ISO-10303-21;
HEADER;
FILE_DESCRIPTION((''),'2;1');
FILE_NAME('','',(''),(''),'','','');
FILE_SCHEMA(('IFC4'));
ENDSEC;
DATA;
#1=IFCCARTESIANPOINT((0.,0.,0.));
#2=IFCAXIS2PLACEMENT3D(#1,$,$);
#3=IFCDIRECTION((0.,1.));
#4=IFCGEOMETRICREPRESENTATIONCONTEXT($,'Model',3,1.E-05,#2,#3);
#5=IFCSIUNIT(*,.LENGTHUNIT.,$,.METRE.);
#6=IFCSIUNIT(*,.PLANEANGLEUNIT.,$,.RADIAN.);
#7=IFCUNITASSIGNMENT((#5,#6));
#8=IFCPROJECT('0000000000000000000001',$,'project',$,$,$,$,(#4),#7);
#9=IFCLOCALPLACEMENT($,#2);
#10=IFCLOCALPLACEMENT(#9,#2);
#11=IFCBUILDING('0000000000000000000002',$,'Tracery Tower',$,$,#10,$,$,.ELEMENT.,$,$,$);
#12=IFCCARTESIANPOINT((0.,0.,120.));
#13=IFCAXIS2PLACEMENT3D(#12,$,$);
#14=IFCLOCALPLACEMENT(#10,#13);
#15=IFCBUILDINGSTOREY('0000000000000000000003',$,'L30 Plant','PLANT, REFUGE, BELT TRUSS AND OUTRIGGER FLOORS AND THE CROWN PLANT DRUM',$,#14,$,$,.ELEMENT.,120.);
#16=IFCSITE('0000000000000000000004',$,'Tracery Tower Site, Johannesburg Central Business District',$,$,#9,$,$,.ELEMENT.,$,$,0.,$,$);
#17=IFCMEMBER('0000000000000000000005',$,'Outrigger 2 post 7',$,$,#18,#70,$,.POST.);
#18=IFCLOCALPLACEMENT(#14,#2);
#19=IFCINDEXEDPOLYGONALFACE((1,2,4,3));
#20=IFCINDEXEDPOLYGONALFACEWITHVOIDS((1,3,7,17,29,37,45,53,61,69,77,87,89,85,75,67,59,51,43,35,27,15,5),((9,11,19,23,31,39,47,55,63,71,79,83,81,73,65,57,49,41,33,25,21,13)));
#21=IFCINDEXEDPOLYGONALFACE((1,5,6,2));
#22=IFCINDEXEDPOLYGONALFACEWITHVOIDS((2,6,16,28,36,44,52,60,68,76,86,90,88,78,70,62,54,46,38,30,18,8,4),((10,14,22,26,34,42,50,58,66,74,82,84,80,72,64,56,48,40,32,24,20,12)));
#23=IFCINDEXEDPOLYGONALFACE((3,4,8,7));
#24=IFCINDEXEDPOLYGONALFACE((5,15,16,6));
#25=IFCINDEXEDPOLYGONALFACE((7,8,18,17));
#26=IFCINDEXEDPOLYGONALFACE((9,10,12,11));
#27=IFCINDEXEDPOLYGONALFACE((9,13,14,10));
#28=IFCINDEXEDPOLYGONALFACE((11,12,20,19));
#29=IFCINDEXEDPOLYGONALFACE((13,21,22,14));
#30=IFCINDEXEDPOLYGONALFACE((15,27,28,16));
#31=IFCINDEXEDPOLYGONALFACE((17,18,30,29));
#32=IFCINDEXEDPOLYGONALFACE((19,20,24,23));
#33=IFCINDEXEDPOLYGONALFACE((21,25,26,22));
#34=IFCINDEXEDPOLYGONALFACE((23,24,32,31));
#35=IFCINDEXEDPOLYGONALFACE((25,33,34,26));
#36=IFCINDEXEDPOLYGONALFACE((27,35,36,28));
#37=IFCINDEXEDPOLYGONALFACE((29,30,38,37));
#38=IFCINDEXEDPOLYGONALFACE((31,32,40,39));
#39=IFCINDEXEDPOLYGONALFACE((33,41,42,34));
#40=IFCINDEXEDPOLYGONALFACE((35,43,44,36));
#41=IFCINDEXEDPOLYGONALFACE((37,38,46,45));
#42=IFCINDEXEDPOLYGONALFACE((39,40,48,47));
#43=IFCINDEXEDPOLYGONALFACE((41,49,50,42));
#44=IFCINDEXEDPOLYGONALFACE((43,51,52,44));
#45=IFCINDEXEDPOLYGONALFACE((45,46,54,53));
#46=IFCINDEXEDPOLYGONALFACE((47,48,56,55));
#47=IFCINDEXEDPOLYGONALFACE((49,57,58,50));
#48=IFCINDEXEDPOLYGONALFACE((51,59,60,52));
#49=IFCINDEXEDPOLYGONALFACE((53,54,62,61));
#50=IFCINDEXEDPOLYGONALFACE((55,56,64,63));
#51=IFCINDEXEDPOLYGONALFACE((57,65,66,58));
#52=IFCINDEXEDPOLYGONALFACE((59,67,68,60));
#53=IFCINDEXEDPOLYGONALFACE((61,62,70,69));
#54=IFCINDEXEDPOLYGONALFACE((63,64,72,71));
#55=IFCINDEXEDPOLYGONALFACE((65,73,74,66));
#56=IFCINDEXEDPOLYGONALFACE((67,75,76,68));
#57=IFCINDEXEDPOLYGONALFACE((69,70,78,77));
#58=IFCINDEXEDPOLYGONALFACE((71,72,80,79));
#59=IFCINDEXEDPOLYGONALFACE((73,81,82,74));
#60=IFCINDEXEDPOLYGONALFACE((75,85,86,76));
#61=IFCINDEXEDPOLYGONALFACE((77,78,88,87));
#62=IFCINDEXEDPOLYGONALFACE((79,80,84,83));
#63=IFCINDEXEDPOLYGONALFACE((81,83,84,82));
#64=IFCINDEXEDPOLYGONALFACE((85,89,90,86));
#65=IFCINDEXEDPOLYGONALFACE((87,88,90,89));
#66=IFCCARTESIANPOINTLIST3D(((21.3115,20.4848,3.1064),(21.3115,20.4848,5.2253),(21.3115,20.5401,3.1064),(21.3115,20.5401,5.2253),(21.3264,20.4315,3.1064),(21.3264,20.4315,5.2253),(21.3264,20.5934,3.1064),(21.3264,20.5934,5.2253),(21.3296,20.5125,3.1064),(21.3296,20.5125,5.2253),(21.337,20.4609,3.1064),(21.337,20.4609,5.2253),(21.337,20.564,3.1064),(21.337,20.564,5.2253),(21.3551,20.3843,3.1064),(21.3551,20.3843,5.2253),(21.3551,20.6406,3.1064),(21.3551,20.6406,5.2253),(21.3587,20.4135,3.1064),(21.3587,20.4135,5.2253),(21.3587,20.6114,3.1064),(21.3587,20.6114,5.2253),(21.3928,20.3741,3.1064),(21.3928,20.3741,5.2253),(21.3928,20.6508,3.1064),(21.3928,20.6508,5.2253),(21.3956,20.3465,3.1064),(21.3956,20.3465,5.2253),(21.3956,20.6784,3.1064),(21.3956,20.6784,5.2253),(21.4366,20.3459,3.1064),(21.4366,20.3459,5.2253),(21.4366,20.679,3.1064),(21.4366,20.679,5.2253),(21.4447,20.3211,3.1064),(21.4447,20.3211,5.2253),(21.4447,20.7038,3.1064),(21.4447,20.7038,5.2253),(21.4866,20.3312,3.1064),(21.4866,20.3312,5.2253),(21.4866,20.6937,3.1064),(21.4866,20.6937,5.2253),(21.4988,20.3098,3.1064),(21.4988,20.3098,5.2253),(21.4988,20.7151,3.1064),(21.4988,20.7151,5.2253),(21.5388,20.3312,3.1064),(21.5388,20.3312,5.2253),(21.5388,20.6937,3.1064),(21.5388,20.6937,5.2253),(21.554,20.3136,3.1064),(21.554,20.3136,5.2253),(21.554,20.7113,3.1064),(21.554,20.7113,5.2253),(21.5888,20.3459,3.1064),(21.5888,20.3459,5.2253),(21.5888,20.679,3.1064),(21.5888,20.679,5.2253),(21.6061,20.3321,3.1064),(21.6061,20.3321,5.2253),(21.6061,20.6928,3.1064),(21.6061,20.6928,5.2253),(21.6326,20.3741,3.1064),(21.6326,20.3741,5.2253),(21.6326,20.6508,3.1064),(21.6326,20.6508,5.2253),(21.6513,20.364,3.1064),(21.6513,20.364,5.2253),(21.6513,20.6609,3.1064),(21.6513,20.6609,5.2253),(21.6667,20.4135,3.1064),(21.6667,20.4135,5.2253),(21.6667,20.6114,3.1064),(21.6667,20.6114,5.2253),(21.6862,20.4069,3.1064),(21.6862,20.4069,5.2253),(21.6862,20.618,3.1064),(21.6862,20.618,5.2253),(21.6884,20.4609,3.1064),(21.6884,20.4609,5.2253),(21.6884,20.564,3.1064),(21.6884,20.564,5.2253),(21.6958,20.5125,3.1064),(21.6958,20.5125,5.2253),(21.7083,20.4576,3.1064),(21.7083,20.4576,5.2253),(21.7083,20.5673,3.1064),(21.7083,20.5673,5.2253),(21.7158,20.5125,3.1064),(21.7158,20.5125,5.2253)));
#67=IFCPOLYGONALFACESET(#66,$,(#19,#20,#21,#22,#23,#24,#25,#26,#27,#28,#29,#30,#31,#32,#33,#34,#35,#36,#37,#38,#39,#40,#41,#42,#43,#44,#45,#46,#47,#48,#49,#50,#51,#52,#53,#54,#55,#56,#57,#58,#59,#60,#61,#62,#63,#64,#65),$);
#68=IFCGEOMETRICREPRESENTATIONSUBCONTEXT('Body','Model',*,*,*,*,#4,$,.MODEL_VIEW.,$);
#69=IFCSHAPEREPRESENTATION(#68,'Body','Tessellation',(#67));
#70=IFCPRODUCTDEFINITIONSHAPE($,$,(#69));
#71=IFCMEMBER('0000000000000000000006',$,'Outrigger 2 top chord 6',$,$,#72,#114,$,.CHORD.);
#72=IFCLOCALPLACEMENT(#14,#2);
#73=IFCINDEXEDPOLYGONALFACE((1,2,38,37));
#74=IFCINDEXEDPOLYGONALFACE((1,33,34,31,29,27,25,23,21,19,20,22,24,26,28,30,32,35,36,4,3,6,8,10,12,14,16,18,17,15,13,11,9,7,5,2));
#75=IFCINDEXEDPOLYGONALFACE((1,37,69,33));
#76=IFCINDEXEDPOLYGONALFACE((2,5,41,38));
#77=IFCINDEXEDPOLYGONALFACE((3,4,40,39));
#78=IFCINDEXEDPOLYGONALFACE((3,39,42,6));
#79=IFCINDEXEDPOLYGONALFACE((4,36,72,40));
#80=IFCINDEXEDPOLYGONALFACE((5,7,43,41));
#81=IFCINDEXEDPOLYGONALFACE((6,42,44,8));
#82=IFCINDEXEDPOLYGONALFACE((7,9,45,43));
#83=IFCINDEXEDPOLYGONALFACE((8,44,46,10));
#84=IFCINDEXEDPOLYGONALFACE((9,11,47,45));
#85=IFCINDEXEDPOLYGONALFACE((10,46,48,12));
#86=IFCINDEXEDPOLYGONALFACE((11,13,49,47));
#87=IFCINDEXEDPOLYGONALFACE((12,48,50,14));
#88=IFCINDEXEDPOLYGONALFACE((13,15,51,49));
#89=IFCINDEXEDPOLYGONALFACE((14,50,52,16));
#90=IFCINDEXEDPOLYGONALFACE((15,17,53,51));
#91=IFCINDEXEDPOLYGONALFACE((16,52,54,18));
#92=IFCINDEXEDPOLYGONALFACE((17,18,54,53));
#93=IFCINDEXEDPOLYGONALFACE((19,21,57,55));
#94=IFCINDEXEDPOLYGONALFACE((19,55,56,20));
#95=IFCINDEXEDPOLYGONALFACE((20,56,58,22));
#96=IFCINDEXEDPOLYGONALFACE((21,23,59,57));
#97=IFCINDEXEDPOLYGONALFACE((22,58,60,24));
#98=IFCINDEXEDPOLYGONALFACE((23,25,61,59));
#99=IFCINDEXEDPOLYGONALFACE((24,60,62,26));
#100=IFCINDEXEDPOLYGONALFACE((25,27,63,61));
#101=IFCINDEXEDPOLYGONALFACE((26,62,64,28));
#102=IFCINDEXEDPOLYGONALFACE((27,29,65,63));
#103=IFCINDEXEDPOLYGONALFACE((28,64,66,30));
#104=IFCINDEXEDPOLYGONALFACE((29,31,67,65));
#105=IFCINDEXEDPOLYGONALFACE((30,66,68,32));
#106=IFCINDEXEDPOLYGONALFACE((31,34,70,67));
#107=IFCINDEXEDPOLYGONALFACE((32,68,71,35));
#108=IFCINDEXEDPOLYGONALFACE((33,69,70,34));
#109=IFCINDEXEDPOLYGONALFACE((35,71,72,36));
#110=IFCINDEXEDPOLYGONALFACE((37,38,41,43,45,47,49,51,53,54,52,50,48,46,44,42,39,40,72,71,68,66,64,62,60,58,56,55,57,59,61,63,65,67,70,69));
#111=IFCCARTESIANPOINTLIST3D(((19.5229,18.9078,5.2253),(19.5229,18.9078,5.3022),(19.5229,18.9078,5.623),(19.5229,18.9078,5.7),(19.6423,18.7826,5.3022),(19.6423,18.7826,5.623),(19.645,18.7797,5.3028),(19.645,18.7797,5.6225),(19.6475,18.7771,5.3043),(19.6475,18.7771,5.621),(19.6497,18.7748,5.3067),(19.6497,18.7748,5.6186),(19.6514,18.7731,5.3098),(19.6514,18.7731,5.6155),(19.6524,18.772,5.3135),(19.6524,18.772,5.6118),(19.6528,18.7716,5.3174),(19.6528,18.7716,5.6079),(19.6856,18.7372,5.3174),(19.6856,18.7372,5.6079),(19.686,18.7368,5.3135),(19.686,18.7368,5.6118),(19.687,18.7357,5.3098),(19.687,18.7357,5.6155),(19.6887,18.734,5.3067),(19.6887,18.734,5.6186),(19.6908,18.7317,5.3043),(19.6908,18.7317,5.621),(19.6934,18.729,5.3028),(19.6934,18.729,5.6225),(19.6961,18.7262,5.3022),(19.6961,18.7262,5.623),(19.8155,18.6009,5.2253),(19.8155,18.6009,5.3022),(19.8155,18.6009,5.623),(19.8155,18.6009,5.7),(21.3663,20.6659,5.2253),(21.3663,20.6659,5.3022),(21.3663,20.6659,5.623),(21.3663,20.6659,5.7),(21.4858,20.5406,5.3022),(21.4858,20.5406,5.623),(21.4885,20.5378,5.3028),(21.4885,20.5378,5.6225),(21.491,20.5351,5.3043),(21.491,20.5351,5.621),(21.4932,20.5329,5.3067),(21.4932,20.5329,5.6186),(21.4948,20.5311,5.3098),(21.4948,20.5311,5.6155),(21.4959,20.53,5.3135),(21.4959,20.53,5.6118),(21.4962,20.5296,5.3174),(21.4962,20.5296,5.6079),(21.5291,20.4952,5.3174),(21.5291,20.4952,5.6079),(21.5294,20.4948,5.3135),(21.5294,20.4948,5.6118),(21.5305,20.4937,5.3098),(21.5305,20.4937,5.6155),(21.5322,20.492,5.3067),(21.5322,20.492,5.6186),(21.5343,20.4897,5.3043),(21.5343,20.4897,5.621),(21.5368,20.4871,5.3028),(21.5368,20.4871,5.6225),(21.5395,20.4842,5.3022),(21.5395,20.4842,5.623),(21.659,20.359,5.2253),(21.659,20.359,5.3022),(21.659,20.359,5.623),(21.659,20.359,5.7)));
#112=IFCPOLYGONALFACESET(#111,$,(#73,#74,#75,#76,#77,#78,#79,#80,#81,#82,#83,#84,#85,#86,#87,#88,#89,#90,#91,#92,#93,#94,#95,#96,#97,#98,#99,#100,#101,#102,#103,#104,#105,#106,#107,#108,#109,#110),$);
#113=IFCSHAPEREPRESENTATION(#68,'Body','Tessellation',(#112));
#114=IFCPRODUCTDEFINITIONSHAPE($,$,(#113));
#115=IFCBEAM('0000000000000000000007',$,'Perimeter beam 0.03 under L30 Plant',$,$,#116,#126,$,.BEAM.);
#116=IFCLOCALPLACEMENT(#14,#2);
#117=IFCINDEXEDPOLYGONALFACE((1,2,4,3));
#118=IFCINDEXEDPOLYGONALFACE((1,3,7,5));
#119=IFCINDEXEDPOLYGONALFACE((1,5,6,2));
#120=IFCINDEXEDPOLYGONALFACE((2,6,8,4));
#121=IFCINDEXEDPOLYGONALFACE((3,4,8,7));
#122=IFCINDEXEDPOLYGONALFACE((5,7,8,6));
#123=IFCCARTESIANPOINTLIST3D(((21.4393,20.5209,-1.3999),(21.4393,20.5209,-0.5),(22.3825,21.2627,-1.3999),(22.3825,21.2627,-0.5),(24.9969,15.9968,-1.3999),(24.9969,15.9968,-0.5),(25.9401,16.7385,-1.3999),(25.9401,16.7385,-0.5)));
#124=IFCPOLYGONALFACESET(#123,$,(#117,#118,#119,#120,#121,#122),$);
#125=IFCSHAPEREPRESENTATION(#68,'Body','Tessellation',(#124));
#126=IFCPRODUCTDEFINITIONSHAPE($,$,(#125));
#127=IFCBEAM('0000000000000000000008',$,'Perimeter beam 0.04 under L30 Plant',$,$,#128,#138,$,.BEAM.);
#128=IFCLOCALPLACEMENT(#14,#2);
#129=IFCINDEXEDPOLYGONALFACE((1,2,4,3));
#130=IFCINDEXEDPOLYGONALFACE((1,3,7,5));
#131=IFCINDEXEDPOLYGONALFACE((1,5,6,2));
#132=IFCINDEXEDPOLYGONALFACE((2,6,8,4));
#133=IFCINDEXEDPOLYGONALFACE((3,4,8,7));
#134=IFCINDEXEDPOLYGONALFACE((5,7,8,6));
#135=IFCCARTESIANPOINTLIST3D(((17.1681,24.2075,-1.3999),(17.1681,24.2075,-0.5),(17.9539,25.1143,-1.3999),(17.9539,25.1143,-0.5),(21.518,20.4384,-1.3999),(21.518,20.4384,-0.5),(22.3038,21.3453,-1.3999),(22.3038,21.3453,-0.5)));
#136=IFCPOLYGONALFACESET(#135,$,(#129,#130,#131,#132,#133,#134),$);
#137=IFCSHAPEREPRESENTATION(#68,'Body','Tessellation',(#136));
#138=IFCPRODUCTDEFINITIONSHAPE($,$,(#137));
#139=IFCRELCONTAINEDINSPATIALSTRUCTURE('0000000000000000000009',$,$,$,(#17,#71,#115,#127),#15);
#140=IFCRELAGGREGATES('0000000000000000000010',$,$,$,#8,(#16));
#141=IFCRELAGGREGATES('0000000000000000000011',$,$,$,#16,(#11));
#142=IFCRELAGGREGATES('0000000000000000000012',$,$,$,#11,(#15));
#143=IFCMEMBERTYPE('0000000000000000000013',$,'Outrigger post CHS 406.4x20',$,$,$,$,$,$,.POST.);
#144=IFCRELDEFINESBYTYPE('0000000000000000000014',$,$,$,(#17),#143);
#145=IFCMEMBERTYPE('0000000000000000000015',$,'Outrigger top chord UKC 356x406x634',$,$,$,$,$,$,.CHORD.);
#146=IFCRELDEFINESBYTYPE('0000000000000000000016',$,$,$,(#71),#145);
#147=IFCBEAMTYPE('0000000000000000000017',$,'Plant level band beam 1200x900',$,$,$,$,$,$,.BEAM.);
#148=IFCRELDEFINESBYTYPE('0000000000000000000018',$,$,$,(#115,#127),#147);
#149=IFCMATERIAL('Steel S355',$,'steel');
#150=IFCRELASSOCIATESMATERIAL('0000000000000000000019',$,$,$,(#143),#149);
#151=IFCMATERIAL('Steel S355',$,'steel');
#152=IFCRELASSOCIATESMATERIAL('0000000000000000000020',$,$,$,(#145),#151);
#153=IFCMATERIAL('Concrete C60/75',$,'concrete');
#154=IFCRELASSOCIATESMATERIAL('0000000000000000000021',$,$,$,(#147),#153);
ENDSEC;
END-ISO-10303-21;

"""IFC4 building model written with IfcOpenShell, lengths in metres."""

from ifc_helpers import new_model, si_unit, direction, frame, origin, origin_2d, place, context, subcontext, project, spatial, rectangle, hollow_circle, i_section, extrude, material, material_profile, profile_set, type_object, element, save


model = new_model("IFC4")

# Units and contexts
model_context = context("Model", 3, precision=1e-05, world=origin(), true_north=direction((0.0, 1.0)))
body_context = subcontext(model_context, "Body", "Model", "MODEL_VIEW")
ifc_project = project(units=[si_unit("LENGTHUNIT", "METRE"), si_unit("PLANEANGLEUNIT", "RADIAN")], contexts=[model_context])

# Site, building, storey
site_placement = place(None, origin())
site = spatial("IfcSite", under=ifc_project, at=site_placement, Name="Tracery Tower Site, Johannesburg Central Business District", CompositionType="ELEMENT", RefElevation=0.0)
building_placement = place(site_placement, origin())
building = spatial("IfcBuilding", under=site, at=building_placement, Name="Tracery Tower", CompositionType="ELEMENT")
storey_placement = place(building_placement, frame((0.0, 0.0, 120.0)))
storey = spatial("IfcBuildingStorey", under=building, at=storey_placement, Name="L30 Plant", Description="PLANT, REFUGE, BELT TRUSS AND OUTRIGGER FLOORS AND THE CROWN PLANT DRUM", CompositionType="ELEMENT", Elevation=120.0)

# Members
ifc_material_1 = material(Name="Steel S355", Category="steel")
ifc_material_profile_1 = material_profile(ifc_material_1, hollow_circle(Radius=0.2031, WallThickness=0.02, at=origin_2d()), Name="CHS 406.4x20")
ifc_profile_set_1 = profile_set([ifc_material_profile_1], Name="Steel S355")
member_type_1 = type_object("IfcMemberType", Name="Outrigger post CHS 406.4x20", PredefinedType="POST", material=ifc_profile_set_1)
for number, where, z_axis, x_axis, name in (
    (1, (21.5127, 20.5125, 3.1064), (0.0, 0.0, 1.0), (1.0, 0.0, 0.0), "Outrigger 2 post 7"),
):
    element("IfcMember", number, at=place(storey_placement, frame(where, z_axis=z_axis, x_axis=x_axis)), inside=storey, type_object=member_type_1, Name=name, PredefinedType="POST", context=body_context, shape_type="SweptSolid", body=[
        extrude(hollow_circle(Radius=0.2031, WallThickness=0.02, at=origin_2d()), origin(), (0.0, 0.0, 1.0), 2.1189),
    ])
ifc_material_2 = material(Name="Steel S355", Category="steel")
ifc_material_profile_2 = material_profile(ifc_material_2, i_section(OverallWidth=0.4241, OverallDepth=0.4746, WebThickness=0.0476, FlangeThickness=0.0769, FilletRadius=0.0151, at=origin_2d()), Name="UKC 356x406x634")
ifc_profile_set_2 = profile_set([ifc_material_profile_2], Name="Steel S355")
member_type_2 = type_object("IfcMemberType", Name="Outrigger top chord UKC 356x406x634", PredefinedType="CHORD", material=ifc_profile_set_2)
member_1_placement = place(storey_placement, frame((19.6692, 18.7544, 5.4626), z_axis=(0.72368, 0.690136, 0.0), x_axis=(-0.690136, 0.72368, 0.0)))
element("IfcMember", 2, at=member_1_placement, inside=storey, type_object=member_type_2, Name="Outrigger 2 top chord 6", PredefinedType="CHORD", context=body_context, shape_type="SweptSolid", body=[
    extrude(i_section(OverallWidth=0.4241, OverallDepth=0.4746, WebThickness=0.0476, FlangeThickness=0.0769, FilletRadius=0.0151, at=origin_2d()), origin(), (0.0, 0.0, 1.0), 2.5474),
])

# Beams
ifc_material_3 = material(Name="Concrete C60/75", Category="concrete")
ifc_material_profile_3 = material_profile(ifc_material_3, rectangle(XDim=1.2, YDim=0.8999, at=origin_2d()), Name="RC 1200x900")
ifc_profile_set_3 = profile_set([ifc_material_profile_3], Name="Concrete C60/75")
beam_type = type_object("IfcBeamType", Name="Plant level band beam 1200x900", PredefinedType="BEAM", material=ifc_profile_set_3)
beam_1_placement = place(storey_placement, frame((25.4685, 16.3677, -0.95), z_axis=(-0.618134, 0.786072, 0.0), x_axis=(-0.786072, -0.618134, 0.0)))
element("IfcBeam", 3, at=beam_1_placement, inside=storey, type_object=beam_type, Name="Perimeter beam 0.03 under L30 Plant", PredefinedType="BEAM", context=body_context, shape_type="SweptSolid", body=[
    extrude(rectangle(XDim=1.2, YDim=0.8999, at=origin_2d()), origin(), (0.0, 0.0, 1.0), 5.7554),
])
beam_2_placement = place(storey_placement, frame((21.9109, 20.8918, -0.95), z_axis=(-0.75576, 0.654848, 0.0), x_axis=(-0.654848, -0.75576, 0.0)))
element("IfcBeam", 4, at=beam_2_placement, inside=storey, type_object=beam_type, Name="Perimeter beam 0.04 under L30 Plant", PredefinedType="BEAM", context=body_context, shape_type="SweptSolid", body=[
    extrude(rectangle(XDim=1.2, YDim=0.8999, at=origin_2d()), origin(), (0.0, 0.0, 1.0), 5.7556),
])

save(model, "model.ifc")
